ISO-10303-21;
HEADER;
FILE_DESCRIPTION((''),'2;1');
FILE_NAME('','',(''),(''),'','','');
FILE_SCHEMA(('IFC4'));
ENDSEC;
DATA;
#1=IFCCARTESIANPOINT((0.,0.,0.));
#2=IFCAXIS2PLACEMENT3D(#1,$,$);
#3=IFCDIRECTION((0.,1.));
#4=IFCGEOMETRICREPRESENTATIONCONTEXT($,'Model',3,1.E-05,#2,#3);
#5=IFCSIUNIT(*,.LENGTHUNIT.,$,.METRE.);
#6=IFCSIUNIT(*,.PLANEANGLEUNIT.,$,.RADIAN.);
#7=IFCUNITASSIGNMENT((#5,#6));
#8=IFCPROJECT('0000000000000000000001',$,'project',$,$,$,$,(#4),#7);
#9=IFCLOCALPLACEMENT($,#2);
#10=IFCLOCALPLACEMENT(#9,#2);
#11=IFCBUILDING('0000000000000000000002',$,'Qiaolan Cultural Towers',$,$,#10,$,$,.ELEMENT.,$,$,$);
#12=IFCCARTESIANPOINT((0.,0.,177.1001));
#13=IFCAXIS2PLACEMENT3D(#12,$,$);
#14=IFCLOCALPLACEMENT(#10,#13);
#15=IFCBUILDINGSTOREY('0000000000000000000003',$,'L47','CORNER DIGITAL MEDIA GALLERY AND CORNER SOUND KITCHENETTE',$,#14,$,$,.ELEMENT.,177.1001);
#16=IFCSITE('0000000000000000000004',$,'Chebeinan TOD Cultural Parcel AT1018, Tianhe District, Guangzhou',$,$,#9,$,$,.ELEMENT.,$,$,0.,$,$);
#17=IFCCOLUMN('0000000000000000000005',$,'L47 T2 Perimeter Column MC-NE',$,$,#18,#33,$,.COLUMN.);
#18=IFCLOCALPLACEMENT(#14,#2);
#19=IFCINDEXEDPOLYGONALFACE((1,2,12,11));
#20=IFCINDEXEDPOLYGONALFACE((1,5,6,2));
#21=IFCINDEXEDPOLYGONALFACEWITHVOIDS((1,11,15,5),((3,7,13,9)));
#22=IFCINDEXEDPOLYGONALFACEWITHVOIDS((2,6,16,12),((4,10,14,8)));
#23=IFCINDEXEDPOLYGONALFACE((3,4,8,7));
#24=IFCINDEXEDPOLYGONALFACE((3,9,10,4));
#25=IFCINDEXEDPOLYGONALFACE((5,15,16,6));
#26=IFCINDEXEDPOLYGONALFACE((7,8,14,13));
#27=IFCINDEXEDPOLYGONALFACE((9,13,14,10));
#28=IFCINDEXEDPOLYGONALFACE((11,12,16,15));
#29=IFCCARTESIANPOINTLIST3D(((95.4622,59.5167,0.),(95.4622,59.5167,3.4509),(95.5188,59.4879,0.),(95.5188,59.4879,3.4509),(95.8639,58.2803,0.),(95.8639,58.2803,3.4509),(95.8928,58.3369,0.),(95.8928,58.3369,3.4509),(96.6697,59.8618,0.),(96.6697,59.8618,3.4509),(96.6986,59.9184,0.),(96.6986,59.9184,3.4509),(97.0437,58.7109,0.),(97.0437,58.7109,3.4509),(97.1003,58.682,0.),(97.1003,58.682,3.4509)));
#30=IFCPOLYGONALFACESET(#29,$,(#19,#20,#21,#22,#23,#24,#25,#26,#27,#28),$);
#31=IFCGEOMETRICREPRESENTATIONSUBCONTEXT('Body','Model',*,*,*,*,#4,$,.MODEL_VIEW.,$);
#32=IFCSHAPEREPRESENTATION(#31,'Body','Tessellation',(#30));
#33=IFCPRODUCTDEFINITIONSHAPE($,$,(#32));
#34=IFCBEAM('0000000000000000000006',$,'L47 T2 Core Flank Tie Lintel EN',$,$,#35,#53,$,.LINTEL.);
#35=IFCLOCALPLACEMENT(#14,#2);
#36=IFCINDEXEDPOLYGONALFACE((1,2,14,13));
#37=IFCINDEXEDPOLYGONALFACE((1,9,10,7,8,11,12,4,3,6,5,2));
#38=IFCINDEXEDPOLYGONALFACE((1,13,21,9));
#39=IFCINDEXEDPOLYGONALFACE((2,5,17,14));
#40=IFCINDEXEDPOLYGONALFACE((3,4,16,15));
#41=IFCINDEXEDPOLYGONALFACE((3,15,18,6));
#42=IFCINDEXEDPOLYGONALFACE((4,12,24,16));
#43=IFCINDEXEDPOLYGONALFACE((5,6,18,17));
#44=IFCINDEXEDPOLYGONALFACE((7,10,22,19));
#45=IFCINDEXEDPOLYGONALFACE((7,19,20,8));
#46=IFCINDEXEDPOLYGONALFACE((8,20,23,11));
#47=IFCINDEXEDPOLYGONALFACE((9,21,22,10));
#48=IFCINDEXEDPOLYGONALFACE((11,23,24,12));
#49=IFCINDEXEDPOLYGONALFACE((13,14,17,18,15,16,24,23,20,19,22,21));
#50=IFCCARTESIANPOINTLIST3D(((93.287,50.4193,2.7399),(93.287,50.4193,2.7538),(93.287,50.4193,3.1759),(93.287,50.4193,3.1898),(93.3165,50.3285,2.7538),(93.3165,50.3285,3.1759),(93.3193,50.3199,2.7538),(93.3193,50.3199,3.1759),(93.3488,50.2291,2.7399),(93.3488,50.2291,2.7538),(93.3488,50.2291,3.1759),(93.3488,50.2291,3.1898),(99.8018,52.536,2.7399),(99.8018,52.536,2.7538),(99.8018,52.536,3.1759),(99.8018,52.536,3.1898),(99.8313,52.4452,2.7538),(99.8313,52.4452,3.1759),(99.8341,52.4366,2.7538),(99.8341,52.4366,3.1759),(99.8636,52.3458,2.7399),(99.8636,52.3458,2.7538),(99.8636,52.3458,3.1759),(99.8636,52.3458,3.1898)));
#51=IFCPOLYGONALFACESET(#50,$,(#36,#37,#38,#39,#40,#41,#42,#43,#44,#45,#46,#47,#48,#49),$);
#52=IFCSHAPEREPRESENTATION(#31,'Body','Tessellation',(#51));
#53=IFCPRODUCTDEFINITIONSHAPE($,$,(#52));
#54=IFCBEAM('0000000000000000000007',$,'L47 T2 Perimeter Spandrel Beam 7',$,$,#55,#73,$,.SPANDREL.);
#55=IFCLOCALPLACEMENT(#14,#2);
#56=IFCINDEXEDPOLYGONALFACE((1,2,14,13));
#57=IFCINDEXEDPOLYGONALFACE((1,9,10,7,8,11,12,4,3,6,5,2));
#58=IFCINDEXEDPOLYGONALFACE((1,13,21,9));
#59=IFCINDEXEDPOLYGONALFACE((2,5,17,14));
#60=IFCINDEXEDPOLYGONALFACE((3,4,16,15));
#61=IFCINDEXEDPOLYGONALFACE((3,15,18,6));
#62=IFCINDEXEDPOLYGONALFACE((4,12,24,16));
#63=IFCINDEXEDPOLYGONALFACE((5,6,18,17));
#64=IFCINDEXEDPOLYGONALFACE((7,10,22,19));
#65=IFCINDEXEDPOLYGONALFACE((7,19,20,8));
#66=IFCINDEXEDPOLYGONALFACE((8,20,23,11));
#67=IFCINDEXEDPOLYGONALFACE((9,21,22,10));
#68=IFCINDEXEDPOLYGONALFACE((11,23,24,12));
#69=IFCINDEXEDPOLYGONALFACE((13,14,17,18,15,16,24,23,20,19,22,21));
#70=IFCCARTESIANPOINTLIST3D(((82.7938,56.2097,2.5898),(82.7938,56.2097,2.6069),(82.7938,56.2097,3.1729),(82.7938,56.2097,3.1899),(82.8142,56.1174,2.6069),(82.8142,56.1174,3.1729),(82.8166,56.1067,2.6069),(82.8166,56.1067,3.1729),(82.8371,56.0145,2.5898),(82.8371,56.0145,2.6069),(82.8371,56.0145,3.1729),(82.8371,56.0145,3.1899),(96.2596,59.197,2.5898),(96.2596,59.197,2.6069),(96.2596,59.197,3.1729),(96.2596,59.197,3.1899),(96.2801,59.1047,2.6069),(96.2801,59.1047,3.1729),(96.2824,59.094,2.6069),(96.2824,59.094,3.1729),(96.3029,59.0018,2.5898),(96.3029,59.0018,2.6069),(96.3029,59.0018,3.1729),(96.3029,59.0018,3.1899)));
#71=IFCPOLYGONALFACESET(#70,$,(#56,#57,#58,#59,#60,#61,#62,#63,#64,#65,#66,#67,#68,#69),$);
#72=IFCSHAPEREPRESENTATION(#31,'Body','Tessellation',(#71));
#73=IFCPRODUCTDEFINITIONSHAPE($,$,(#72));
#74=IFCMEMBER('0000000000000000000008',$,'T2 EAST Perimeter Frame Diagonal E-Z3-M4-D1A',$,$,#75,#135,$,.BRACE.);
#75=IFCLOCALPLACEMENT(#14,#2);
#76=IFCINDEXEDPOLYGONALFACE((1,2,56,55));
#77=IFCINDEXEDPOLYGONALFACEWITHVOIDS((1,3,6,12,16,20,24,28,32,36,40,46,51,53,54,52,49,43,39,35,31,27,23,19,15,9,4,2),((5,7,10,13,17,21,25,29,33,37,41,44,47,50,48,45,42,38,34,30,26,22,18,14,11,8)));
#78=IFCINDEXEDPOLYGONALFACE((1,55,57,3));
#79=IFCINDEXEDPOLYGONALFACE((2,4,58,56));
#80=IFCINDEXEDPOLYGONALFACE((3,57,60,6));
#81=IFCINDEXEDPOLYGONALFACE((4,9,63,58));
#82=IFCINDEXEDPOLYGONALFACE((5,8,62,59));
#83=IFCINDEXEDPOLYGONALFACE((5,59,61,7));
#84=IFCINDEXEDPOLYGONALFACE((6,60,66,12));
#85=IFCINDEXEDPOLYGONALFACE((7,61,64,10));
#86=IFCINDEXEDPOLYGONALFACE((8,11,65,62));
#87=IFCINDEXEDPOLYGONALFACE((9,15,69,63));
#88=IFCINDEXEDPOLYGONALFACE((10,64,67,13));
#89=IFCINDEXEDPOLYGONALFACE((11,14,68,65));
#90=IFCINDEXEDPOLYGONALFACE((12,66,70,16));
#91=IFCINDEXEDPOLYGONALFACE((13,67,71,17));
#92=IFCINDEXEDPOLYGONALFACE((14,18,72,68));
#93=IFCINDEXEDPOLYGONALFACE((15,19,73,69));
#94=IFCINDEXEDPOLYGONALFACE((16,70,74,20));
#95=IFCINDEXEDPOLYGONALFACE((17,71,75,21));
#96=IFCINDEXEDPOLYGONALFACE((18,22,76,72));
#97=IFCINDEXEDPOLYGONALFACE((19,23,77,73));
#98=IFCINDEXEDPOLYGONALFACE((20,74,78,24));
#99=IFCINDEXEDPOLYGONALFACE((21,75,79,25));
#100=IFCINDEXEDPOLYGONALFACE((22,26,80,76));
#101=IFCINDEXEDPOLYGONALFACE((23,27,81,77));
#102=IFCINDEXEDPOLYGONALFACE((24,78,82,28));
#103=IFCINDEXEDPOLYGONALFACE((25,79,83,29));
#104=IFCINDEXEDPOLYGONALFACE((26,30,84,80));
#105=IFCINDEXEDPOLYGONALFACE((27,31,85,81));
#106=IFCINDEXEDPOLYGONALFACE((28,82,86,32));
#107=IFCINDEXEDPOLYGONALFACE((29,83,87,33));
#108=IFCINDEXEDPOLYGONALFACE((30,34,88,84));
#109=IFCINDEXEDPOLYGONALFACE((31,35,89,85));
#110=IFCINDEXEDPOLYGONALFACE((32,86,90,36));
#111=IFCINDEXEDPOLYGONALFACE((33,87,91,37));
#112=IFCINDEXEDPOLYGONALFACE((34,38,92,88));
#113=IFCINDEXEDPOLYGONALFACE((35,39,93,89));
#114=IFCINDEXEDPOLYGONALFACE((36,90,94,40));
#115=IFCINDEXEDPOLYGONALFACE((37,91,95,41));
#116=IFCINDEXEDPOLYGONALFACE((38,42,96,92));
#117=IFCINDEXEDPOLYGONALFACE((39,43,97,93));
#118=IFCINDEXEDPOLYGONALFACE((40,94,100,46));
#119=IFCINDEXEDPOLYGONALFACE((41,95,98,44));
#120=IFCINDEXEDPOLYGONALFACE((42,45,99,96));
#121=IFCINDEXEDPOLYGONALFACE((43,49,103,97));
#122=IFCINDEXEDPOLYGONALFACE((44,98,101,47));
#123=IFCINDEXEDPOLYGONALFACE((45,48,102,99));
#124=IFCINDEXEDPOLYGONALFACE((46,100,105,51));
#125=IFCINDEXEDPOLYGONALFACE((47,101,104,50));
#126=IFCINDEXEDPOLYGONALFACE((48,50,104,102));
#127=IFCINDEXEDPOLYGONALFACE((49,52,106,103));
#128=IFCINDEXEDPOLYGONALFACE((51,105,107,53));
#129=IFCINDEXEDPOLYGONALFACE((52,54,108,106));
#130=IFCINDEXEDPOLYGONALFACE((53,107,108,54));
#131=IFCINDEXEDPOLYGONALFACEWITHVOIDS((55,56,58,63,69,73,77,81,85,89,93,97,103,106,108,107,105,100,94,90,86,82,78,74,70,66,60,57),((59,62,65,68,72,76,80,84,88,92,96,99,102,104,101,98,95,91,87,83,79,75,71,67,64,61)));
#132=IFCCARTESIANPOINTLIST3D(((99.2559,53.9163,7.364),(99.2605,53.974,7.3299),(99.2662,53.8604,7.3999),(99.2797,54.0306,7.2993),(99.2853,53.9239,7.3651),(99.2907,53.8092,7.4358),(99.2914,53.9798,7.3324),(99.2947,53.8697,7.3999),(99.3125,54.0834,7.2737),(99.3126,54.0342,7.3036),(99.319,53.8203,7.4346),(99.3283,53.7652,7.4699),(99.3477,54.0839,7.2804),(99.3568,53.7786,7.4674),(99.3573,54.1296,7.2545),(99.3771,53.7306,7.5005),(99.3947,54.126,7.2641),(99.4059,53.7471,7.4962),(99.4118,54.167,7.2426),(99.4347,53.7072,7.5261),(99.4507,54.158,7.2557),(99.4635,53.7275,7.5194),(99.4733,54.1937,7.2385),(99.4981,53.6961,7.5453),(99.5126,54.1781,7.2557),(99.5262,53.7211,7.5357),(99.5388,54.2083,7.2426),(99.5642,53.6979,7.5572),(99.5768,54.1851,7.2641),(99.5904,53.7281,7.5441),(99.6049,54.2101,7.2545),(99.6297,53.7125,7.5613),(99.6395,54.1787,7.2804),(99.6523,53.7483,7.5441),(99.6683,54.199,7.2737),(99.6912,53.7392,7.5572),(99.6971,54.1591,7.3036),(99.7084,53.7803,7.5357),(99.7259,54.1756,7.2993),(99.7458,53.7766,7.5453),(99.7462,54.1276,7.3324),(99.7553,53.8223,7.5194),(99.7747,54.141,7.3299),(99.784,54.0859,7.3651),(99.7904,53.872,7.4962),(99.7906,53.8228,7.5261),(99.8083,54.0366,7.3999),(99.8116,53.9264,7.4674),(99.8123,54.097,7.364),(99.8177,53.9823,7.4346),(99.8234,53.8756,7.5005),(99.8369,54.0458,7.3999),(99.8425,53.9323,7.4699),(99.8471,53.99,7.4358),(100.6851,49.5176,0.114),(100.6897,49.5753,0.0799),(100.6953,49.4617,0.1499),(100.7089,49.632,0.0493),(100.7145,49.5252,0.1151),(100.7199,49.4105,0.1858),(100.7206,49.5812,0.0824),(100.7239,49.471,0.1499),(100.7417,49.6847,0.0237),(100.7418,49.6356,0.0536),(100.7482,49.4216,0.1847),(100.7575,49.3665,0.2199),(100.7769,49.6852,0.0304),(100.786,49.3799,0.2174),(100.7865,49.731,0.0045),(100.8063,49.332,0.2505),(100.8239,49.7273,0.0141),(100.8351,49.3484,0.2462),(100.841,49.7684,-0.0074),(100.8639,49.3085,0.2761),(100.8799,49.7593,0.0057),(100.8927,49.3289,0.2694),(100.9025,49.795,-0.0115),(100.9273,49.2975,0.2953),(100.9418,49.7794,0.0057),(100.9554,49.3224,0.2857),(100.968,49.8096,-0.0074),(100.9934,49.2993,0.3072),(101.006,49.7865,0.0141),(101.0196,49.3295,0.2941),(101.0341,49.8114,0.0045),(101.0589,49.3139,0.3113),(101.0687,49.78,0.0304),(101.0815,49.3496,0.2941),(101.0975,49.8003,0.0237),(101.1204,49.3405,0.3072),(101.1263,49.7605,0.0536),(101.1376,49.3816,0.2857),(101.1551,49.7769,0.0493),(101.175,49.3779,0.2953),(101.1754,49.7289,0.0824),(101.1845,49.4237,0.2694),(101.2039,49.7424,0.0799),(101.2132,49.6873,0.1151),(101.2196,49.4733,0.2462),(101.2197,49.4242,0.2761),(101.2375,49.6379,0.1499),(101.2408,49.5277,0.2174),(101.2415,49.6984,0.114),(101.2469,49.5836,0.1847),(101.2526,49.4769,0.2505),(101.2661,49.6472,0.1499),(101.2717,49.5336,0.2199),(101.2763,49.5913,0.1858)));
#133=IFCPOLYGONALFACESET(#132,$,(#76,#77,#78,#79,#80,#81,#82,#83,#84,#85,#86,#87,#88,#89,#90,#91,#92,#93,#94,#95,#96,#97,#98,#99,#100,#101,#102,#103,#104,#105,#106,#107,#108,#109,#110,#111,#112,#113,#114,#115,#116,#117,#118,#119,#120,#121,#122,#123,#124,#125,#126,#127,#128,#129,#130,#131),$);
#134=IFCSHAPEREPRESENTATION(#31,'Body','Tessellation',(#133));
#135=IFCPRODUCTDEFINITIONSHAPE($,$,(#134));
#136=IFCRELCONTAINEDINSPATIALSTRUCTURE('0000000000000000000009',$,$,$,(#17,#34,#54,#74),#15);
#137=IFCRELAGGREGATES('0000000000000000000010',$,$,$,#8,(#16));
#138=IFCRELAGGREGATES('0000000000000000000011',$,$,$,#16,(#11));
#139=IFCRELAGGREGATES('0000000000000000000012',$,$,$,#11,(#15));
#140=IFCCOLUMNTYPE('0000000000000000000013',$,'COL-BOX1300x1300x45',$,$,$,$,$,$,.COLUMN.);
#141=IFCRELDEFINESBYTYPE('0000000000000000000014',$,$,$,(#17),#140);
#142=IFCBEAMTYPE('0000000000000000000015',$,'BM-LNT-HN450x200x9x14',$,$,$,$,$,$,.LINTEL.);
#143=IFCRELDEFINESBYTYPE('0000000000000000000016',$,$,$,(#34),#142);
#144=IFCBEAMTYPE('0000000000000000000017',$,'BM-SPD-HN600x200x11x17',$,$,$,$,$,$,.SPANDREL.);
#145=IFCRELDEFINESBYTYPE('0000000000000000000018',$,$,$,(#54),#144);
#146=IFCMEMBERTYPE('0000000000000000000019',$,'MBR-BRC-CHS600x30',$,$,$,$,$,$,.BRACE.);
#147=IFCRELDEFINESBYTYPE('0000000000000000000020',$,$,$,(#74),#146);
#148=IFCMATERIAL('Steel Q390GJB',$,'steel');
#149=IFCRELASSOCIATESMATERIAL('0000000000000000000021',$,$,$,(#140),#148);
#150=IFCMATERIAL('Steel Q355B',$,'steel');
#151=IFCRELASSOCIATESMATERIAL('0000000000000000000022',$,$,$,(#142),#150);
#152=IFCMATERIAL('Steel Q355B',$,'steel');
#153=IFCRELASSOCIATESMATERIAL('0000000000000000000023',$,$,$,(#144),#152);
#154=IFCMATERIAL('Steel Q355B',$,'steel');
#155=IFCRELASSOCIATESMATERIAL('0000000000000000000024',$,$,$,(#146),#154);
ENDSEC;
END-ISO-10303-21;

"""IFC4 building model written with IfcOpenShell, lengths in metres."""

from ifc_helpers import new_model, si_unit, direction, frame, origin, origin_2d, place, context, subcontext, project, spatial, hollow_rectangle, hollow_circle, i_section, extrude, material, material_profile, profile_set, type_object, element, save


model = new_model("IFC4")

# Units and contexts
model_context = context("Model", 3, precision=1e-05, world=origin(), true_north=direction((0.0, 1.0)))
body_context = subcontext(model_context, "Body", "Model", "MODEL_VIEW")
ifc_project = project(units=[si_unit("LENGTHUNIT", "METRE"), si_unit("PLANEANGLEUNIT", "RADIAN")], contexts=[model_context])

# Site, building, storey
site_placement = place(None, origin())
site = spatial("IfcSite", under=ifc_project, at=site_placement, Name="Chebeinan TOD Cultural Parcel AT1018, Tianhe District, Guangzhou", CompositionType="ELEMENT", RefElevation=0.0)
building_placement = place(site_placement, origin())
building = spatial("IfcBuilding", under=site, at=building_placement, Name="Qiaolan Cultural Towers", CompositionType="ELEMENT")
storey_placement = place(building_placement, frame((0.0, 0.0, 177.1001)))
storey = spatial("IfcBuildingStorey", under=building, at=storey_placement, Name="L47", Description="CORNER DIGITAL MEDIA GALLERY AND CORNER SOUND KITCHENETTE", CompositionType="ELEMENT", Elevation=177.1001)

# Column
ifc_material_1 = material(Name="Steel Q390GJB", Category="steel")
ifc_material_profile_1 = material_profile(ifc_material_1, hollow_rectangle(XDim=1.3, YDim=1.3, WallThickness=0.0449, at=origin_2d()), Name="BOX1300x1300x45")
ifc_profile_set_1 = profile_set([ifc_material_profile_1], Name="Steel Q390GJB")
column_type = type_object("IfcColumnType", Name="COL-BOX1300x1300x45", PredefinedType="COLUMN", material=ifc_profile_set_1)
column_placement = place(storey_placement, frame((96.2812, 59.0994, 0.0), z_axis=(0.0, 0.0, 1.0), x_axis=(0.951057, 0.309017, 0.0)))
element("IfcColumn", 1, at=column_placement, inside=storey, type_object=column_type, Name="L47 T2 Perimeter Column MC-NE", PredefinedType="COLUMN", context=body_context, shape_type="SweptSolid", body=[
    extrude(hollow_rectangle(XDim=1.3, YDim=1.3, WallThickness=0.0449, at=origin_2d()), origin(), (0.0, 0.0, 1.0), 3.4509),
])

# Beams
ifc_material_2 = material(Name="Steel Q355B", Category="steel")
ifc_material_profile_2 = material_profile(ifc_material_2, i_section(OverallWidth=0.2, OverallDepth=0.45, WebThickness=0.009, FlangeThickness=0.0139, at=origin_2d()), Name="HN450x200x9x14")
ifc_profile_set_2 = profile_set([ifc_material_profile_2], Name="Steel Q355B")
beam_type_1 = type_object("IfcBeamType", Name="BM-LNT-HN450x200x9x14", PredefinedType="LINTEL", material=ifc_profile_set_2)
beam_1_placement = place(storey_placement, frame((93.3179, 50.3242, 2.9648), z_axis=(0.951062, 0.309001, 0.0), x_axis=(-0.309001, 0.951062, 0.0)))
element("IfcBeam", 2, at=beam_1_placement, inside=storey, type_object=beam_type_1, Name="L47 T2 Core Flank Tie Lintel EN", PredefinedType="LINTEL", context=body_context, shape_type="SweptSolid", body=[
    extrude(i_section(OverallWidth=0.2, OverallDepth=0.45, WebThickness=0.009, FlangeThickness=0.0139, at=origin_2d()), origin(), (0.0, 0.0, 1.0), 6.8501),
])
ifc_material_3 = material(Name="Steel Q355B", Category="steel")
ifc_material_profile_3 = material_profile(ifc_material_3, i_section(OverallWidth=0.2, OverallDepth=0.6001, WebThickness=0.011, FlangeThickness=0.0171, at=origin_2d()), Name="HN600x200x11x17")
ifc_profile_set_3 = profile_set([ifc_material_profile_3], Name="Steel Q355B")
beam_type_2 = type_object("IfcBeamType", Name="BM-SPD-HN600x200x11x17", PredefinedType="SPANDREL", material=ifc_profile_set_3)
beam_2_placement = place(storey_placement, frame((96.2812, 59.0994, 2.8899), z_axis=(-0.976265, -0.216578, 0.0), x_axis=(0.216578, -0.976265, 0.0)))
element("IfcBeam", 3, at=beam_2_placement, inside=storey, type_object=beam_type_2, Name="L47 T2 Perimeter Spandrel Beam 7", PredefinedType="SPANDREL", context=body_context, shape_type="SweptSolid", body=[
    extrude(i_section(OverallWidth=0.2, OverallDepth=0.6001, WebThickness=0.011, FlangeThickness=0.0171, at=origin_2d()), origin(), (0.0, 0.0, 1.0), 13.7932),
])

# Member
ifc_material_4 = material(Name="Steel Q355B", Category="steel")
ifc_material_profile_4 = material_profile(ifc_material_4, hollow_circle(Radius=0.3, WallThickness=0.03, at=origin_2d()), Name="CHS600x30")
ifc_profile_set_4 = profile_set([ifc_material_profile_4], Name="Steel Q355B")
member_type = type_object("IfcMemberType", Name="MBR-BRC-CHS600x30", PredefinedType="BRACE", material=ifc_profile_set_4)
for number, where, z_axis, x_axis, name in (
    (4, (100.9807, 49.5544, 0.1499), (-0.166193, 0.511497, 0.84306), (-0.951058, -0.309013, 0.0), "T2 EAST Perimeter Frame Diagonal E-Z3-M4-D1A"),
):
    element("IfcMember", number, at=place(storey_placement, frame(where, z_axis=z_axis, x_axis=x_axis)), inside=storey, type_object=member_type, Name=name, PredefinedType="BRACE", context=body_context, shape_type="SweptSolid", body=[
        extrude(hollow_circle(Radius=0.3, WallThickness=0.03, at=origin_2d()), origin(), (0.0, 0.0, 1.0), 8.5996),
    ])

save(model, "model.ifc")
